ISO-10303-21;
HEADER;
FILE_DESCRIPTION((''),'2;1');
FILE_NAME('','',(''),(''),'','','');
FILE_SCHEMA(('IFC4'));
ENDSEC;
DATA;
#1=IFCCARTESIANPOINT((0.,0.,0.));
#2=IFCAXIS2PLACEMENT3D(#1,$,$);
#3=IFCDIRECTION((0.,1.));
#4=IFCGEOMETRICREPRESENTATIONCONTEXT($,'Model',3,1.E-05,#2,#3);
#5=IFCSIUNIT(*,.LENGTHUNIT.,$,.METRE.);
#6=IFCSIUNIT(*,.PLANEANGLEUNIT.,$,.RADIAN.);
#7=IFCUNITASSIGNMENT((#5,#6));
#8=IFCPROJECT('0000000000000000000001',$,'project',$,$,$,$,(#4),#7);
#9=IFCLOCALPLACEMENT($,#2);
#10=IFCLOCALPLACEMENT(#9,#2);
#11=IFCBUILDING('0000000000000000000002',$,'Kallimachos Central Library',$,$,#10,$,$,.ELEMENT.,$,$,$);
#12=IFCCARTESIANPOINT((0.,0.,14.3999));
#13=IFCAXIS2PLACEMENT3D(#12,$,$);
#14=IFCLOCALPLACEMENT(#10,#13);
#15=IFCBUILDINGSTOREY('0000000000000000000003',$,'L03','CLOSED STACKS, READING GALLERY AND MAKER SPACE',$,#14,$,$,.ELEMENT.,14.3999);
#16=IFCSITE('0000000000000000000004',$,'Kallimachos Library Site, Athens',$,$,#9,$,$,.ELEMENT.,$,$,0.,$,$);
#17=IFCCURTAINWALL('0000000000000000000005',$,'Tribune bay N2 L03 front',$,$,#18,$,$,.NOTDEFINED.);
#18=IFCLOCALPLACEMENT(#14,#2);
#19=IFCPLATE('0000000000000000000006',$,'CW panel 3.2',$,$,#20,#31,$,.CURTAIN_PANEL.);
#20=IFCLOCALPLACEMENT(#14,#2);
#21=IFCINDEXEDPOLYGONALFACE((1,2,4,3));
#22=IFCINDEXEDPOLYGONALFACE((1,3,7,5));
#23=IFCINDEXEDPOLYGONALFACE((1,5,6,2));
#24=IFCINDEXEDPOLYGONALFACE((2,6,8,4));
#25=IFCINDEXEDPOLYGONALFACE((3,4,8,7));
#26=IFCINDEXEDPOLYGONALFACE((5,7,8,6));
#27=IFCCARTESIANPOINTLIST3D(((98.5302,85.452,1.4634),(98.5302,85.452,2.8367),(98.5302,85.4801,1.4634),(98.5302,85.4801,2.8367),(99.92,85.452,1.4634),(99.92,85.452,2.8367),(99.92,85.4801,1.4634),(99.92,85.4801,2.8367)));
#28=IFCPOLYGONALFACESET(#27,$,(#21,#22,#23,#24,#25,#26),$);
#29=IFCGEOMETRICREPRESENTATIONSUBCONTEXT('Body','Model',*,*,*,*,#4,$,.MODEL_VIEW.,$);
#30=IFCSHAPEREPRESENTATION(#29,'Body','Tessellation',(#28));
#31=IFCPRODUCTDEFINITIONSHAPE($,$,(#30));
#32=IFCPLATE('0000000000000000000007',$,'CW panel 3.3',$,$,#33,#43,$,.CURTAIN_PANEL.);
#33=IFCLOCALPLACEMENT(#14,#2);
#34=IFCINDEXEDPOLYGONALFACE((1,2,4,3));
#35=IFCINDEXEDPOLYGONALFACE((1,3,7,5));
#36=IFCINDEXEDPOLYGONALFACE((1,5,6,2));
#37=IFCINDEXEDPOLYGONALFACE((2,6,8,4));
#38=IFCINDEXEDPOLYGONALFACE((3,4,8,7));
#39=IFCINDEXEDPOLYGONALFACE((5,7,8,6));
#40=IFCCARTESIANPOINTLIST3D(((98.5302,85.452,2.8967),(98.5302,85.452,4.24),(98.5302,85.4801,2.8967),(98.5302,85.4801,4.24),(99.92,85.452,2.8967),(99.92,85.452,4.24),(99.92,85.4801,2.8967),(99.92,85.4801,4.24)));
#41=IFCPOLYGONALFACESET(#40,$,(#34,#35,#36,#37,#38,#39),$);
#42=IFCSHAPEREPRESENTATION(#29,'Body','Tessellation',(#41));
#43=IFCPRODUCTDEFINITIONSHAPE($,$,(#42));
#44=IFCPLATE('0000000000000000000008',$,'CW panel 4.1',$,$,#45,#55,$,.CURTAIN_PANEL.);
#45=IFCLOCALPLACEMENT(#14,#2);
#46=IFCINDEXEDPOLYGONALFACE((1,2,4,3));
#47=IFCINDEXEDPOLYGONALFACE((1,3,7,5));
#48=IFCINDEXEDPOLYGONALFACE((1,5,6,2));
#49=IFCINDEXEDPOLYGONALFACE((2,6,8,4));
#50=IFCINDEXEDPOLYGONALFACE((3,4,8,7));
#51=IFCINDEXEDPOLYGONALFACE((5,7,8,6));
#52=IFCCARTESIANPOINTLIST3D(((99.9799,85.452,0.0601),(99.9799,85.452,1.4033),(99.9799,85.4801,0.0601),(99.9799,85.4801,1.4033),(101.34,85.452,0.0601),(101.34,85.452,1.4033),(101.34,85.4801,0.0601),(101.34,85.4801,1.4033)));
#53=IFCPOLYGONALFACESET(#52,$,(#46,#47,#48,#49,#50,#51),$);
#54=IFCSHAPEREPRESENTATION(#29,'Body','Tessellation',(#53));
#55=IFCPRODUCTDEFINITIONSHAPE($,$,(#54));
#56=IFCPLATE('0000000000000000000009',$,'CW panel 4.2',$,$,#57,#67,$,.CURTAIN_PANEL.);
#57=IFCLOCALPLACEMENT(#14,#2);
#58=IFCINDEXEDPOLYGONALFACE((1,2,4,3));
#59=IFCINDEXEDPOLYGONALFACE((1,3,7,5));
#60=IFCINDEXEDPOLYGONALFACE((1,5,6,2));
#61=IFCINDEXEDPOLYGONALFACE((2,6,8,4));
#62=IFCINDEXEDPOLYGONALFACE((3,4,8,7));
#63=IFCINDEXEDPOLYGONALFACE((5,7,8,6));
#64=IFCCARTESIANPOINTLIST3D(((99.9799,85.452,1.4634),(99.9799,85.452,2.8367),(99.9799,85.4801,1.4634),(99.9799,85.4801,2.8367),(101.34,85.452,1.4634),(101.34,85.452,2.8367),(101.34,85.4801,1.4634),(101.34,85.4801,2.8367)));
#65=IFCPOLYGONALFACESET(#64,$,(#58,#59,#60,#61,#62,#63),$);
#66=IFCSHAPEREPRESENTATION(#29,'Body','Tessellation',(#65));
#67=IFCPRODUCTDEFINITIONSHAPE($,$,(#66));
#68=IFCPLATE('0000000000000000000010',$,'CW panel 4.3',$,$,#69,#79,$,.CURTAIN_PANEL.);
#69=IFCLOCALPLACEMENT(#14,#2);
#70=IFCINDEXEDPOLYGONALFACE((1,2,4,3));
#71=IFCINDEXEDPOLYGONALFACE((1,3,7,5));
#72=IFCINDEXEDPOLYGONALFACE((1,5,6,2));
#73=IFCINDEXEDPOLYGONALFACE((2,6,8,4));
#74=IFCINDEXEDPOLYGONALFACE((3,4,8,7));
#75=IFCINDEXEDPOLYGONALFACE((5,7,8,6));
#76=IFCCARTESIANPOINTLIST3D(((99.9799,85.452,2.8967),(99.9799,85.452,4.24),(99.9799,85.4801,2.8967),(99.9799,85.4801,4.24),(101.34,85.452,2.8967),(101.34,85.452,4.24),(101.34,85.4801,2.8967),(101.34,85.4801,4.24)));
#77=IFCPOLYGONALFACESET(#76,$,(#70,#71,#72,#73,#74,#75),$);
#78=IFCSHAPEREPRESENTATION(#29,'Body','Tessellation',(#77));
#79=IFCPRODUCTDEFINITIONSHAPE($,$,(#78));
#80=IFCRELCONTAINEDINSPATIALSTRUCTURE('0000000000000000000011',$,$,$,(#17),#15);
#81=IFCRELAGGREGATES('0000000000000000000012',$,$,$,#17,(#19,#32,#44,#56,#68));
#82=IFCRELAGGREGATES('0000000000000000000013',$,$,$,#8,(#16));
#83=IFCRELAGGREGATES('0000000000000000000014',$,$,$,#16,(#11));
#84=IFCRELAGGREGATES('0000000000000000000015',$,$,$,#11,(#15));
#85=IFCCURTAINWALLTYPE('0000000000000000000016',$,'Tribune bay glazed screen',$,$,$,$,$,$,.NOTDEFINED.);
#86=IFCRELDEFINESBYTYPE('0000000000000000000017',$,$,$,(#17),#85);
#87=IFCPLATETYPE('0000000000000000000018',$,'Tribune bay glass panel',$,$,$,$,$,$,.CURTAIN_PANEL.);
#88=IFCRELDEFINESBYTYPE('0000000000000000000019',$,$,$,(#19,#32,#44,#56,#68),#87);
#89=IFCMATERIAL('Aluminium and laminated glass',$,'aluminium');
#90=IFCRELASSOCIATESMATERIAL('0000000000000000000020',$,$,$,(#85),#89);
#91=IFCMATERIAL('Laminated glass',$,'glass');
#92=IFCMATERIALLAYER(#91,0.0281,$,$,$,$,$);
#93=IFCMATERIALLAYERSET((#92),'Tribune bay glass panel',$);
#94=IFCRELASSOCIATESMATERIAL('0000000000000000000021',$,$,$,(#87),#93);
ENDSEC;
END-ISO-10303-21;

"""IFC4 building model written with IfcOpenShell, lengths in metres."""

from ifc_helpers import new_model, si_unit, direction, frame, origin, origin_2d, place, context, subcontext, project, spatial, rectangle, extrude, material, layer, layer_set, type_object, element, aggregate, save


model = new_model("IFC4")

# Units and contexts
model_context = context("Model", 3, precision=1e-05, world=origin(), true_north=direction((0.0, 1.0)))
body_context = subcontext(model_context, "Body", "Model", "MODEL_VIEW")
ifc_project = project(units=[si_unit("LENGTHUNIT", "METRE"), si_unit("PLANEANGLEUNIT", "RADIAN")], contexts=[model_context])

# Site, building, storey
site_placement = place(None, origin())
site = spatial("IfcSite", under=ifc_project, at=site_placement, Name="Kallimachos Library Site, Athens", CompositionType="ELEMENT", RefElevation=0.0)
building_placement = place(site_placement, origin())
building = spatial("IfcBuilding", under=site, at=building_placement, Name="Kallimachos Central Library", CompositionType="ELEMENT")
storey_placement = place(building_placement, frame((0.0, 0.0, 14.3999)))
storey = spatial("IfcBuildingStorey", under=building, at=storey_placement, Name="L03", Description="CLOSED STACKS, READING GALLERY AND MAKER SPACE", CompositionType="ELEMENT", Elevation=14.3999)

# Curtain wall
ifc_material_1 = material(Name="Aluminium and laminated glass", Category="aluminium")
curtain_wall_type_1 = type_object("IfcCurtainWallType", Name="Tribune bay glazed screen", PredefinedType="NOTDEFINED", material=ifc_material_1)
curtain_wall_1_placement = place(storey_placement, origin())
curtain_wall_1 = element("IfcCurtainWall", 1, at=curtain_wall_1_placement, inside=storey, type_object=curtain_wall_type_1, Name="Tribune bay N2 L03 front", PredefinedType="NOTDEFINED")

# Plates
ifc_material_2 = material(Name="Laminated glass", Category="glass")
ifc_layer_1 = layer(ifc_material_2, 0.0281)
ifc_layer_set_1 = layer_set([ifc_layer_1], Name="Tribune bay glass panel")
plate_type_1 = type_object("IfcPlateType", Name="Tribune bay glass panel", PredefinedType="CURTAIN_PANEL", material=ifc_layer_set_1)
plate_1_placement = place(storey_placement, frame((99.2251, 85.4661, 1.4634), z_axis=(0.0, 0.0, 1.0), x_axis=(1.0, 0.0, 0.0)))
plate_1 = element("IfcPlate", 2, at=plate_1_placement, type_object=plate_type_1, Name="CW panel 3.2", PredefinedType="CURTAIN_PANEL", context=body_context, shape_type="SweptSolid", body=[
    extrude(rectangle(XDim=1.3899, YDim=0.0281, at=origin_2d()), origin(), (0.0, 0.0, 1.0), 1.3733),
])
plate_2_placement = place(storey_placement, frame((99.2251, 85.4661, 2.8967), z_axis=(0.0, 0.0, 1.0), x_axis=(1.0, 0.0, 0.0)))
plate_2 = element("IfcPlate", 3, at=plate_2_placement, type_object=plate_type_1, Name="CW panel 3.3", PredefinedType="CURTAIN_PANEL", context=body_context, shape_type="SweptSolid", body=[
    extrude(rectangle(XDim=1.3899, YDim=0.0281, at=origin_2d()), origin(), (0.0, 0.0, 1.0), 1.3433),
])
plate_3_placement = place(storey_placement, frame((100.6599, 85.4661, 0.0601), z_axis=(0.0, 0.0, 1.0), x_axis=(1.0, 0.0, 0.0)))
plate_3 = element("IfcPlate", 4, at=plate_3_placement, type_object=plate_type_1, Name="CW panel 4.1", PredefinedType="CURTAIN_PANEL", context=body_context, shape_type="SweptSolid", body=[
    extrude(rectangle(XDim=1.3601, YDim=0.0281, at=origin_2d()), origin(), (0.0, 0.0, 1.0), 1.3433),
])
plate_4_placement = place(storey_placement, frame((100.6599, 85.4661, 1.4634), z_axis=(0.0, 0.0, 1.0), x_axis=(1.0, 0.0, 0.0)))
plate_4 = element("IfcPlate", 5, at=plate_4_placement, type_object=plate_type_1, Name="CW panel 4.2", PredefinedType="CURTAIN_PANEL", context=body_context, shape_type="SweptSolid", body=[
    extrude(rectangle(XDim=1.3601, YDim=0.0281, at=origin_2d()), origin(), (0.0, 0.0, 1.0), 1.3733),
])
plate_5_placement = place(storey_placement, frame((100.6599, 85.4661, 2.8967), z_axis=(0.0, 0.0, 1.0), x_axis=(1.0, 0.0, 0.0)))
plate_5 = element("IfcPlate", 6, at=plate_5_placement, type_object=plate_type_1, Name="CW panel 4.3", PredefinedType="CURTAIN_PANEL", context=body_context, shape_type="SweptSolid", body=[
    extrude(rectangle(XDim=1.3601, YDim=0.0281, at=origin_2d()), origin(), (0.0, 0.0, 1.0), 1.3433),
])
aggregate(curtain_wall_1, [plate_1, plate_2, plate_3, plate_4, plate_5])

save(model, "model.ifc")
